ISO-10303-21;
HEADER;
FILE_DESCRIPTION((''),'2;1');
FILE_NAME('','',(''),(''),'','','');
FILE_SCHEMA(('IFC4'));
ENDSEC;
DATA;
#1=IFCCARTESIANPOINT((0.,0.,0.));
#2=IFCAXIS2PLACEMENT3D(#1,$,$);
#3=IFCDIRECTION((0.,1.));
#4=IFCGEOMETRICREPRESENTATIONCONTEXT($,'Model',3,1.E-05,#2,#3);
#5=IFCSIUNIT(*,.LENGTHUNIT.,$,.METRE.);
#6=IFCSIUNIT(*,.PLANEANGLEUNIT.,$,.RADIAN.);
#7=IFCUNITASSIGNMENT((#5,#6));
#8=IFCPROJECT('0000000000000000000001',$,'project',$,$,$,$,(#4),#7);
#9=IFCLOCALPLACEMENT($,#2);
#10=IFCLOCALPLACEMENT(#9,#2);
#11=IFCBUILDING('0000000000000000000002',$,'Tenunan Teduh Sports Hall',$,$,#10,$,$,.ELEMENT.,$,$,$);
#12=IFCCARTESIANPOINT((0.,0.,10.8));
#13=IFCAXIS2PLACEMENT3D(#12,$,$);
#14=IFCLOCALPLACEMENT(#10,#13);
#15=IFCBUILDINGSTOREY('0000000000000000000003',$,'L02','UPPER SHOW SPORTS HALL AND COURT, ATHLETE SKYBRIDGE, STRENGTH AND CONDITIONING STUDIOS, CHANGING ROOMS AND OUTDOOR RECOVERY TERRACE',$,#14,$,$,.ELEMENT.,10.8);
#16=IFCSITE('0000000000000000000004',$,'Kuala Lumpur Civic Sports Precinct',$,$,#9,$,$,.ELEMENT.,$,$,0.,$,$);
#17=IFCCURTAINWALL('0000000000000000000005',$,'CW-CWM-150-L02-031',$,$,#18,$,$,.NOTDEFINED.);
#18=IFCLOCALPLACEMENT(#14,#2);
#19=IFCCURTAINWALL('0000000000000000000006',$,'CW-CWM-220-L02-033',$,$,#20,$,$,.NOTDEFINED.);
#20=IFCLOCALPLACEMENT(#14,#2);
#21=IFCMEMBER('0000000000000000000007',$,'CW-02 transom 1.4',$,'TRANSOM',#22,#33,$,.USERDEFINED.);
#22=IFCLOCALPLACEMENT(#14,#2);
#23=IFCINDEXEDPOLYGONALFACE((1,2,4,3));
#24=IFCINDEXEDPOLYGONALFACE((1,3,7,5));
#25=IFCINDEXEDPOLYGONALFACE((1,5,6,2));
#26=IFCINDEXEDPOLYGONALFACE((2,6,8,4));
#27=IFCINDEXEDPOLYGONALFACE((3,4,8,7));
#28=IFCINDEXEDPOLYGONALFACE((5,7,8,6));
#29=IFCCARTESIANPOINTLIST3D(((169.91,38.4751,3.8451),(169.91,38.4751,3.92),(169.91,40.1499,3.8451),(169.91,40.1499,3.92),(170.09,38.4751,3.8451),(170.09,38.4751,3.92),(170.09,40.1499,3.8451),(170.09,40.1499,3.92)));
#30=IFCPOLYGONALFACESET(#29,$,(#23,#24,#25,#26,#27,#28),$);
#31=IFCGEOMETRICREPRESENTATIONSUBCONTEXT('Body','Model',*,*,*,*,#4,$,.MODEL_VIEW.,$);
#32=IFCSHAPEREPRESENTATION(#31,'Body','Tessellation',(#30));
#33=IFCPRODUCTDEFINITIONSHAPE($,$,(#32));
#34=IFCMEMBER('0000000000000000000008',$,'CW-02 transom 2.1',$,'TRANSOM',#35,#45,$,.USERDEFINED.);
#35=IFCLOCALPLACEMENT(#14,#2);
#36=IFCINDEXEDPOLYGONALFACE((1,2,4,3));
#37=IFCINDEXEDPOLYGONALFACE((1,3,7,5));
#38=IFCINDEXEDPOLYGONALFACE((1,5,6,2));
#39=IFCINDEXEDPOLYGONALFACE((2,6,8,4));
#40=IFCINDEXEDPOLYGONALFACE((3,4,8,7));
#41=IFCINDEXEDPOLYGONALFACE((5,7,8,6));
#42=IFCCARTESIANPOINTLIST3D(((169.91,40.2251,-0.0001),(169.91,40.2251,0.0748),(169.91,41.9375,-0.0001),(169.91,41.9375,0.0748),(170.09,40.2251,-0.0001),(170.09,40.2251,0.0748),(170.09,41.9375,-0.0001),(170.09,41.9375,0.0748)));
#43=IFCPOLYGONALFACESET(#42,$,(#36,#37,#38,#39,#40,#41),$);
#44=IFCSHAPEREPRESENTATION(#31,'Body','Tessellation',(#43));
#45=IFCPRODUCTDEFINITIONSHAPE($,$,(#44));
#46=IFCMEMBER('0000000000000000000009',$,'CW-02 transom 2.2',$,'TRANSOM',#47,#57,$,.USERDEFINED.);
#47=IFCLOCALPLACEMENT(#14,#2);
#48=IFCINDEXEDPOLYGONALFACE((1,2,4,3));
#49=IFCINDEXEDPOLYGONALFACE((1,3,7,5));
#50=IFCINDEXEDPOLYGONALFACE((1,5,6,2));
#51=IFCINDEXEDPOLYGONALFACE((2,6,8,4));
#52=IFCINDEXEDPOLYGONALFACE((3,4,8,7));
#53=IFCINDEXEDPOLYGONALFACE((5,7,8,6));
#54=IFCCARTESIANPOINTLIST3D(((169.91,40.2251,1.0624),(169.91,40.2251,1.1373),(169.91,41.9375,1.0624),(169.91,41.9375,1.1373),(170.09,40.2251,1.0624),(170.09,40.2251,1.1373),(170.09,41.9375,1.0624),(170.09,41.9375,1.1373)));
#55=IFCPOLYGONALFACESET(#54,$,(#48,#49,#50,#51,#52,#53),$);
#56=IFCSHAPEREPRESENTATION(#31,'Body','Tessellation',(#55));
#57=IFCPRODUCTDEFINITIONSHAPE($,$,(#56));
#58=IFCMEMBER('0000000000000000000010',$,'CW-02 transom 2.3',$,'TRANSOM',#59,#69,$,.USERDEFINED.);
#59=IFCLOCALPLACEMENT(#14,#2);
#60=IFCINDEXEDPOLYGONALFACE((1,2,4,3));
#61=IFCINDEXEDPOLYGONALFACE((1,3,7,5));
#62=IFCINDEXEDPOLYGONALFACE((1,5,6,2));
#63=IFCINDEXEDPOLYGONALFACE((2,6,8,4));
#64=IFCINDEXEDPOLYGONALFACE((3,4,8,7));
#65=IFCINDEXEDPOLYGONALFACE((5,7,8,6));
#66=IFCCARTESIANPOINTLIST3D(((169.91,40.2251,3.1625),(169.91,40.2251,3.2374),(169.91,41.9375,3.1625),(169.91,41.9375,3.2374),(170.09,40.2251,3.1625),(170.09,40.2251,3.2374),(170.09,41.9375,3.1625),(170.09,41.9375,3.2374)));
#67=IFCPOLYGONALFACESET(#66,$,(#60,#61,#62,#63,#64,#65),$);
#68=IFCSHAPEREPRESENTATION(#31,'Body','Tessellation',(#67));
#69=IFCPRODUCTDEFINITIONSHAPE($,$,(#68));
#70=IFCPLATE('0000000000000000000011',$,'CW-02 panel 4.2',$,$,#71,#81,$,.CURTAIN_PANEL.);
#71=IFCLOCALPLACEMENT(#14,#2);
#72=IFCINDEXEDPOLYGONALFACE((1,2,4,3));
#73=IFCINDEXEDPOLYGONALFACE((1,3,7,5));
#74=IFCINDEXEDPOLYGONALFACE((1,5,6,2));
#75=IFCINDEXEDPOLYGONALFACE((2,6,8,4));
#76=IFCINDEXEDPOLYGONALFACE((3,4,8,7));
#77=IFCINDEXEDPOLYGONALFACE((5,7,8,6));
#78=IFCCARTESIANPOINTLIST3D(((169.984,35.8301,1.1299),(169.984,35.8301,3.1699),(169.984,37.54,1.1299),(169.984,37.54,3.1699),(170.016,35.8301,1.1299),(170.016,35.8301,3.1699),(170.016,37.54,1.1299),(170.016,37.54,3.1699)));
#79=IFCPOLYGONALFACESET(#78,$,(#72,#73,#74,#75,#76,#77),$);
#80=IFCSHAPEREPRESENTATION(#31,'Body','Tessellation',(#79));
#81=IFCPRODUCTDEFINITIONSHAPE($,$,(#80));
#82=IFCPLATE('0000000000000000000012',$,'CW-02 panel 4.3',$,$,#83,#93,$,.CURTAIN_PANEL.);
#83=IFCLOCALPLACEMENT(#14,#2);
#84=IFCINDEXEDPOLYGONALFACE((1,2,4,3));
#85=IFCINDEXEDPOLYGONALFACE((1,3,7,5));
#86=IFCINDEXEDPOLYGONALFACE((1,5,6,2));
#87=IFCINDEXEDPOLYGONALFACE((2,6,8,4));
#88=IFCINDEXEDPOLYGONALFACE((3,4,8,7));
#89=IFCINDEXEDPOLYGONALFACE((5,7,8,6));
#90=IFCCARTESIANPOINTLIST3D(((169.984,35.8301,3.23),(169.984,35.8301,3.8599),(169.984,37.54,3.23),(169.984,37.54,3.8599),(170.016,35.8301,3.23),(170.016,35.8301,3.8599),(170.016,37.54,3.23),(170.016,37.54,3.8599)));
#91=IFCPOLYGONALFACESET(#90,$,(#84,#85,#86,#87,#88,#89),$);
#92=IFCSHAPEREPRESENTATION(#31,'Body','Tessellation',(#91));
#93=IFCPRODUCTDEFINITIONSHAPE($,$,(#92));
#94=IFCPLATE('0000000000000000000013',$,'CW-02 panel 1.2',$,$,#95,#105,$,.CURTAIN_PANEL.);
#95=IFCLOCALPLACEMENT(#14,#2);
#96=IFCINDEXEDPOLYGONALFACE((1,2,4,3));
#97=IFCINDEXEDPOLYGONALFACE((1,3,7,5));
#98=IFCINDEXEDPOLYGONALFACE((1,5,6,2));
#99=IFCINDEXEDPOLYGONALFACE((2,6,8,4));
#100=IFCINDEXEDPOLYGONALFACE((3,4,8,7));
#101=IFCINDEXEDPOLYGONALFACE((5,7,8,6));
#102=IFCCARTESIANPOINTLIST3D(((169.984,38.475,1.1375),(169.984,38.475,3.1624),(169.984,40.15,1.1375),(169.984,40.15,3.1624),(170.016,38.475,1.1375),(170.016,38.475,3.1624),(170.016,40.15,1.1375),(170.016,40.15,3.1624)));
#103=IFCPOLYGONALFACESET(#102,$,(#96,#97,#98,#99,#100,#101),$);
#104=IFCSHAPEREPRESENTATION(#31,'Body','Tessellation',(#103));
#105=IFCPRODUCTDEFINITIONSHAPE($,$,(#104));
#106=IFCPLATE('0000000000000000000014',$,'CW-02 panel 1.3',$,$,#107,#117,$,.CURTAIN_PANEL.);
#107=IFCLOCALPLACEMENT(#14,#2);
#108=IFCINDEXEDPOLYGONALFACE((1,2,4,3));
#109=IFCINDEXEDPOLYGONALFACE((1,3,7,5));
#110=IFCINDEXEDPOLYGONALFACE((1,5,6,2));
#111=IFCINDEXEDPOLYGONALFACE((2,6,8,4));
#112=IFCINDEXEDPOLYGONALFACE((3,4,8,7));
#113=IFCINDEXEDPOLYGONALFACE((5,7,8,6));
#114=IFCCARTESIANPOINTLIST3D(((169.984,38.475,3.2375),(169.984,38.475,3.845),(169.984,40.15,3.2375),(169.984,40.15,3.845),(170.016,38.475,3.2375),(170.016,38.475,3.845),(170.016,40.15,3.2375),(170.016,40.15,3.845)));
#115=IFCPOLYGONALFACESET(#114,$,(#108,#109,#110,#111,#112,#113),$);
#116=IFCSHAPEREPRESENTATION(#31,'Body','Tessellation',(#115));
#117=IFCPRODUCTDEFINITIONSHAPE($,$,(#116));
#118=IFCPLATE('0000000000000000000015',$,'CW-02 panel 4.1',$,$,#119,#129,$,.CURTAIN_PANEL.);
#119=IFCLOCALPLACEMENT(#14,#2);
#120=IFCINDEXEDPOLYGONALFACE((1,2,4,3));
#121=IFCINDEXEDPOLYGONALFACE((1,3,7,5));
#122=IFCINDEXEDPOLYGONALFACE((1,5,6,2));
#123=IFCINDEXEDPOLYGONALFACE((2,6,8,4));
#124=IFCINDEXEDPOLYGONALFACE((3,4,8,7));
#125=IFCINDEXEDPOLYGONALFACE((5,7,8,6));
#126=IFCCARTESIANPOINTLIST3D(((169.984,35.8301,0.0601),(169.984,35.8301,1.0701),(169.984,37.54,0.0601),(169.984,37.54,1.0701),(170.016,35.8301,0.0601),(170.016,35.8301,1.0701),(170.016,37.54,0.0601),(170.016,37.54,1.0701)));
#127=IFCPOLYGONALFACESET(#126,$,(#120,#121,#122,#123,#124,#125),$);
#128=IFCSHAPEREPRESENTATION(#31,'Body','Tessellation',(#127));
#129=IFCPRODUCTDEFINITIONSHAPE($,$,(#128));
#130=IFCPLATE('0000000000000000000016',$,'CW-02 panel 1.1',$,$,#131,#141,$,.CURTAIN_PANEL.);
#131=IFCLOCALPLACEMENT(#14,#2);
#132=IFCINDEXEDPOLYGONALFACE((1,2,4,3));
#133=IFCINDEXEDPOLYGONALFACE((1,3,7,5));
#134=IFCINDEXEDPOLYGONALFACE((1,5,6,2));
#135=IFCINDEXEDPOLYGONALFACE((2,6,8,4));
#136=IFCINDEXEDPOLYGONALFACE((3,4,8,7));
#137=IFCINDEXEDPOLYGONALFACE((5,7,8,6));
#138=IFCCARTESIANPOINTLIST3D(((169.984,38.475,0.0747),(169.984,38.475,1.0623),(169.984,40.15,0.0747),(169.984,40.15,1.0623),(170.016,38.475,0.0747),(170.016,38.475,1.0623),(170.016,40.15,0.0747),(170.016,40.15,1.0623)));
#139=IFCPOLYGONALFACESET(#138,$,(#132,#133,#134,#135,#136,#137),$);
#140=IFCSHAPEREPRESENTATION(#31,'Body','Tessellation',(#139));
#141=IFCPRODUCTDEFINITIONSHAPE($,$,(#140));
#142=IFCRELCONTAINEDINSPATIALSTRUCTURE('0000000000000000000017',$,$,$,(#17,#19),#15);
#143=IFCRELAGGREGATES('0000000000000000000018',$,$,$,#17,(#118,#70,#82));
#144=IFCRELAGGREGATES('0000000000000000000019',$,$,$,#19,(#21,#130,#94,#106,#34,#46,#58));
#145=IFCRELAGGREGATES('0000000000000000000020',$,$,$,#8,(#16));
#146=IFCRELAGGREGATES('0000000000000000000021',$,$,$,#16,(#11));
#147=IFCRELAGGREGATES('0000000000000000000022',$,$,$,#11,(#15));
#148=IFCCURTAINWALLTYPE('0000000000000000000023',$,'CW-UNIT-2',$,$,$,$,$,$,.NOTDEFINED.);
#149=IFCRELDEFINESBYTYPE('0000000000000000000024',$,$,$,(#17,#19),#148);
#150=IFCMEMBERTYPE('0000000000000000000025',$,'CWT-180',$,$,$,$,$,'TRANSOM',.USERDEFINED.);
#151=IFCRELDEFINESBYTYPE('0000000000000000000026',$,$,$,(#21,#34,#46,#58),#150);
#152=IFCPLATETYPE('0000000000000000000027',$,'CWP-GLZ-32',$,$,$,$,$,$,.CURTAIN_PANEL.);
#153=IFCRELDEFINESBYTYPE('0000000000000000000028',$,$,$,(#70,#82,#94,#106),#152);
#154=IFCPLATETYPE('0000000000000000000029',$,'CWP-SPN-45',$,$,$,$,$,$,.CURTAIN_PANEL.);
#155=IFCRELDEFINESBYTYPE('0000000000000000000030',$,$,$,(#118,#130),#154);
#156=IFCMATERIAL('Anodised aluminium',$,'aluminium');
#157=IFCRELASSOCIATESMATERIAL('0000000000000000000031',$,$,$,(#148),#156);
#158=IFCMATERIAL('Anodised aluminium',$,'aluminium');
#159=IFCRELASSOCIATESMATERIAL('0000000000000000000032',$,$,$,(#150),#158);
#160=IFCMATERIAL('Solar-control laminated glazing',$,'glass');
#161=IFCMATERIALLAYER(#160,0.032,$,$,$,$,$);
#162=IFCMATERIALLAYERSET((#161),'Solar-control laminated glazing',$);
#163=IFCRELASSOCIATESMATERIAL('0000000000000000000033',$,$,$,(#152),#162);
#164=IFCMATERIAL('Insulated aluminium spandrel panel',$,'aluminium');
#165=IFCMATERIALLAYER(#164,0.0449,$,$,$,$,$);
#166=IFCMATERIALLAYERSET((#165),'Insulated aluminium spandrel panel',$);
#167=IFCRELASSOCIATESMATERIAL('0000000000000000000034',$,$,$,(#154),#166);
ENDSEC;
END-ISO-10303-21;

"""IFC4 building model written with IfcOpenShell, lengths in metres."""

from ifc_helpers import new_model, si_unit, direction, frame, origin, origin_2d, place, context, subcontext, project, spatial, rectangle, extrude, material, layer, layer_set, material_profile, profile_set, type_object, element, aggregate, save


model = new_model("IFC4")

# Units and contexts
model_context = context("Model", 3, precision=1e-05, world=origin(), true_north=direction((0.0, 1.0)))
body_context = subcontext(model_context, "Body", "Model", "MODEL_VIEW")
ifc_project = project(units=[si_unit("LENGTHUNIT", "METRE"), si_unit("PLANEANGLEUNIT", "RADIAN")], contexts=[model_context])

# Site, building, storey
site_placement = place(None, origin())
site = spatial("IfcSite", under=ifc_project, at=site_placement, Name="Kuala Lumpur Civic Sports Precinct", CompositionType="ELEMENT", RefElevation=0.0)
building_placement = place(site_placement, origin())
building = spatial("IfcBuilding", under=site, at=building_placement, Name="Tenunan Teduh Sports Hall", CompositionType="ELEMENT")
storey_placement = place(building_placement, frame((0.0, 0.0, 10.8)))
storey = spatial("IfcBuildingStorey", under=building, at=storey_placement, Name="L02", Description="UPPER SHOW SPORTS HALL AND COURT, ATHLETE SKYBRIDGE, STRENGTH AND CONDITIONING STUDIOS, CHANGING ROOMS AND OUTDOOR RECOVERY TERRACE", CompositionType="ELEMENT", Elevation=10.8)

# Curtain walls
ifc_material_1 = material(Name="Anodised aluminium", Category="aluminium")
curtain_wall_type = type_object("IfcCurtainWallType", Name="CW-UNIT-2", PredefinedType="NOTDEFINED", material=ifc_material_1)
curtain_wall_1_placement = place(storey_placement, origin())
curtain_wall_1 = element("IfcCurtainWall", 1, at=curtain_wall_1_placement, inside=storey, type_object=curtain_wall_type, Name="CW-CWM-150-L02-031", PredefinedType="NOTDEFINED")
curtain_wall_2_placement = place(storey_placement, origin())
curtain_wall_2 = element("IfcCurtainWall", 2, at=curtain_wall_2_placement, inside=storey, type_object=curtain_wall_type, Name="CW-CWM-220-L02-033", PredefinedType="NOTDEFINED")

# Members
ifc_material_2 = material(Name="Anodised aluminium", Category="aluminium")
ifc_material_profile_1 = material_profile(ifc_material_2, rectangle(XDim=0.075, YDim=0.1799, at=origin_2d()), Name="CWT 75x180")
ifc_profile_set_1 = profile_set([ifc_material_profile_1], Name="Anodised aluminium")
member_type_1 = type_object("IfcMemberType", Name="CWT-180", ElementType="TRANSOM", PredefinedType="USERDEFINED", material=ifc_profile_set_1)
member_1_placement = place(storey_placement, frame((170.0, 38.4751, 3.8826), z_axis=(0.0, 1.0, 0.0), x_axis=(0.0, 0.0, 1.0)))
member_1 = element("IfcMember", 3, at=member_1_placement, type_object=member_type_1, Name="CW-02 transom 1.4", ObjectType="TRANSOM", PredefinedType="USERDEFINED", context=body_context, shape_type="SweptSolid", body=[
    extrude(rectangle(XDim=0.075, YDim=0.1799, at=origin_2d()), origin(), (0.0, 0.0, 1.0), 1.6748),
])
member_2_placement = place(storey_placement, frame((170.0, 40.2251, 0.0374), z_axis=(0.0, 1.0, 0.0), x_axis=(0.0, 0.0, 1.0)))
member_2 = element("IfcMember", 4, at=member_2_placement, type_object=member_type_1, Name="CW-02 transom 2.1", ObjectType="TRANSOM", PredefinedType="USERDEFINED", context=body_context, shape_type="SweptSolid", body=[
    extrude(rectangle(XDim=0.075, YDim=0.1799, at=origin_2d()), origin(), (0.0, 0.0, 1.0), 1.7124),
])
member_3_placement = place(storey_placement, frame((170.0, 40.2251, 1.0999), z_axis=(0.0, 1.0, 0.0), x_axis=(0.0, 0.0, 1.0)))
member_3 = element("IfcMember", 5, at=member_3_placement, type_object=member_type_1, Name="CW-02 transom 2.2", ObjectType="TRANSOM", PredefinedType="USERDEFINED", context=body_context, shape_type="SweptSolid", body=[
    extrude(rectangle(XDim=0.075, YDim=0.1799, at=origin_2d()), origin(), (0.0, 0.0, 1.0), 1.7124),
])
member_4_placement = place(storey_placement, frame((170.0, 40.2251, 3.2), z_axis=(0.0, 1.0, 0.0), x_axis=(0.0, 0.0, 1.0)))
member_4 = element("IfcMember", 6, at=member_4_placement, type_object=member_type_1, Name="CW-02 transom 2.3", ObjectType="TRANSOM", PredefinedType="USERDEFINED", context=body_context, shape_type="SweptSolid", body=[
    extrude(rectangle(XDim=0.075, YDim=0.1799, at=origin_2d()), origin(), (0.0, 0.0, 1.0), 1.7124),
])

# Plates
ifc_material_3 = material(Name="Solar-control laminated glazing", Category="glass")
ifc_layer_1 = layer(ifc_material_3, 0.032)
ifc_layer_set_1 = layer_set([ifc_layer_1], Name="Solar-control laminated glazing")
plate_type_1 = type_object("IfcPlateType", Name="CWP-GLZ-32", PredefinedType="CURTAIN_PANEL", material=ifc_layer_set_1)
plate_1_placement = place(storey_placement, frame((170.0, 36.6851, 1.1299), z_axis=(0.0, 0.0, 1.0), x_axis=(0.0, 1.0, 0.0)))
plate_1 = element("IfcPlate", 7, at=plate_1_placement, type_object=plate_type_1, Name="CW-02 panel 4.2", PredefinedType="CURTAIN_PANEL", context=body_context, shape_type="SweptSolid", body=[
    extrude(rectangle(XDim=1.71, YDim=0.032, at=origin_2d()), origin(), (0.0, 0.0, 1.0), 2.04),
])
plate_2_placement = place(storey_placement, frame((170.0, 36.6851, 3.23), z_axis=(0.0, 0.0, 1.0), x_axis=(0.0, 1.0, 0.0)))
plate_2 = element("IfcPlate", 8, at=plate_2_placement, type_object=plate_type_1, Name="CW-02 panel 4.3", PredefinedType="CURTAIN_PANEL", context=body_context, shape_type="SweptSolid", body=[
    extrude(rectangle(XDim=1.71, YDim=0.032, at=origin_2d()), origin(), (0.0, 0.0, 1.0), 0.6299),
])
plate_3_placement = place(storey_placement, frame((170.0, 39.3125, 1.1375), z_axis=(0.0, 0.0, 1.0), x_axis=(0.0, 1.0, 0.0)))
plate_3 = element("IfcPlate", 9, at=plate_3_placement, type_object=plate_type_1, Name="CW-02 panel 1.2", PredefinedType="CURTAIN_PANEL", context=body_context, shape_type="SweptSolid", body=[
    extrude(rectangle(XDim=1.675, YDim=0.032, at=origin_2d()), origin(), (0.0, 0.0, 1.0), 2.0249),
])
plate_4_placement = place(storey_placement, frame((170.0, 39.3125, 3.2375), z_axis=(0.0, 0.0, 1.0), x_axis=(0.0, 1.0, 0.0)))
plate_4 = element("IfcPlate", 10, at=plate_4_placement, type_object=plate_type_1, Name="CW-02 panel 1.3", PredefinedType="CURTAIN_PANEL", context=body_context, shape_type="SweptSolid", body=[
    extrude(rectangle(XDim=1.675, YDim=0.032, at=origin_2d()), origin(), (0.0, 0.0, 1.0), 0.6074),
])
ifc_material_4 = material(Name="Insulated aluminium spandrel panel", Category="aluminium")
ifc_layer_2 = layer(ifc_material_4, 0.0449)
ifc_layer_set_2 = layer_set([ifc_layer_2], Name="Insulated aluminium spandrel panel")
plate_type_2 = type_object("IfcPlateType", Name="CWP-SPN-45", PredefinedType="CURTAIN_PANEL", material=ifc_layer_set_2)
plate_5_placement = place(storey_placement, frame((170.0, 36.6851, 0.0601), z_axis=(0.0, 0.0, 1.0), x_axis=(0.0, 1.0, 0.0)))
plate_5 = element("IfcPlate", 11, at=plate_5_placement, type_object=plate_type_2, Name="CW-02 panel 4.1", PredefinedType="CURTAIN_PANEL", context=body_context, shape_type="SweptSolid", body=[
    extrude(rectangle(XDim=1.71, YDim=0.032, at=origin_2d()), origin(), (0.0, 0.0, 1.0), 1.01),
])
aggregate(curtain_wall_1, [plate_5, plate_1, plate_2])
plate_6_placement = place(storey_placement, frame((170.0, 39.3125, 0.0747), z_axis=(0.0, 0.0, 1.0), x_axis=(0.0, 1.0, 0.0)))
plate_6 = element("IfcPlate", 12, at=plate_6_placement, type_object=plate_type_2, Name="CW-02 panel 1.1", PredefinedType="CURTAIN_PANEL", context=body_context, shape_type="SweptSolid", body=[
    extrude(rectangle(XDim=1.675, YDim=0.032, at=origin_2d()), origin(), (0.0, 0.0, 1.0), 0.9875),
])
aggregate(curtain_wall_2, [member_1, plate_6, plate_3, plate_4, member_2, member_3, member_4])

save(model, "model.ifc")
